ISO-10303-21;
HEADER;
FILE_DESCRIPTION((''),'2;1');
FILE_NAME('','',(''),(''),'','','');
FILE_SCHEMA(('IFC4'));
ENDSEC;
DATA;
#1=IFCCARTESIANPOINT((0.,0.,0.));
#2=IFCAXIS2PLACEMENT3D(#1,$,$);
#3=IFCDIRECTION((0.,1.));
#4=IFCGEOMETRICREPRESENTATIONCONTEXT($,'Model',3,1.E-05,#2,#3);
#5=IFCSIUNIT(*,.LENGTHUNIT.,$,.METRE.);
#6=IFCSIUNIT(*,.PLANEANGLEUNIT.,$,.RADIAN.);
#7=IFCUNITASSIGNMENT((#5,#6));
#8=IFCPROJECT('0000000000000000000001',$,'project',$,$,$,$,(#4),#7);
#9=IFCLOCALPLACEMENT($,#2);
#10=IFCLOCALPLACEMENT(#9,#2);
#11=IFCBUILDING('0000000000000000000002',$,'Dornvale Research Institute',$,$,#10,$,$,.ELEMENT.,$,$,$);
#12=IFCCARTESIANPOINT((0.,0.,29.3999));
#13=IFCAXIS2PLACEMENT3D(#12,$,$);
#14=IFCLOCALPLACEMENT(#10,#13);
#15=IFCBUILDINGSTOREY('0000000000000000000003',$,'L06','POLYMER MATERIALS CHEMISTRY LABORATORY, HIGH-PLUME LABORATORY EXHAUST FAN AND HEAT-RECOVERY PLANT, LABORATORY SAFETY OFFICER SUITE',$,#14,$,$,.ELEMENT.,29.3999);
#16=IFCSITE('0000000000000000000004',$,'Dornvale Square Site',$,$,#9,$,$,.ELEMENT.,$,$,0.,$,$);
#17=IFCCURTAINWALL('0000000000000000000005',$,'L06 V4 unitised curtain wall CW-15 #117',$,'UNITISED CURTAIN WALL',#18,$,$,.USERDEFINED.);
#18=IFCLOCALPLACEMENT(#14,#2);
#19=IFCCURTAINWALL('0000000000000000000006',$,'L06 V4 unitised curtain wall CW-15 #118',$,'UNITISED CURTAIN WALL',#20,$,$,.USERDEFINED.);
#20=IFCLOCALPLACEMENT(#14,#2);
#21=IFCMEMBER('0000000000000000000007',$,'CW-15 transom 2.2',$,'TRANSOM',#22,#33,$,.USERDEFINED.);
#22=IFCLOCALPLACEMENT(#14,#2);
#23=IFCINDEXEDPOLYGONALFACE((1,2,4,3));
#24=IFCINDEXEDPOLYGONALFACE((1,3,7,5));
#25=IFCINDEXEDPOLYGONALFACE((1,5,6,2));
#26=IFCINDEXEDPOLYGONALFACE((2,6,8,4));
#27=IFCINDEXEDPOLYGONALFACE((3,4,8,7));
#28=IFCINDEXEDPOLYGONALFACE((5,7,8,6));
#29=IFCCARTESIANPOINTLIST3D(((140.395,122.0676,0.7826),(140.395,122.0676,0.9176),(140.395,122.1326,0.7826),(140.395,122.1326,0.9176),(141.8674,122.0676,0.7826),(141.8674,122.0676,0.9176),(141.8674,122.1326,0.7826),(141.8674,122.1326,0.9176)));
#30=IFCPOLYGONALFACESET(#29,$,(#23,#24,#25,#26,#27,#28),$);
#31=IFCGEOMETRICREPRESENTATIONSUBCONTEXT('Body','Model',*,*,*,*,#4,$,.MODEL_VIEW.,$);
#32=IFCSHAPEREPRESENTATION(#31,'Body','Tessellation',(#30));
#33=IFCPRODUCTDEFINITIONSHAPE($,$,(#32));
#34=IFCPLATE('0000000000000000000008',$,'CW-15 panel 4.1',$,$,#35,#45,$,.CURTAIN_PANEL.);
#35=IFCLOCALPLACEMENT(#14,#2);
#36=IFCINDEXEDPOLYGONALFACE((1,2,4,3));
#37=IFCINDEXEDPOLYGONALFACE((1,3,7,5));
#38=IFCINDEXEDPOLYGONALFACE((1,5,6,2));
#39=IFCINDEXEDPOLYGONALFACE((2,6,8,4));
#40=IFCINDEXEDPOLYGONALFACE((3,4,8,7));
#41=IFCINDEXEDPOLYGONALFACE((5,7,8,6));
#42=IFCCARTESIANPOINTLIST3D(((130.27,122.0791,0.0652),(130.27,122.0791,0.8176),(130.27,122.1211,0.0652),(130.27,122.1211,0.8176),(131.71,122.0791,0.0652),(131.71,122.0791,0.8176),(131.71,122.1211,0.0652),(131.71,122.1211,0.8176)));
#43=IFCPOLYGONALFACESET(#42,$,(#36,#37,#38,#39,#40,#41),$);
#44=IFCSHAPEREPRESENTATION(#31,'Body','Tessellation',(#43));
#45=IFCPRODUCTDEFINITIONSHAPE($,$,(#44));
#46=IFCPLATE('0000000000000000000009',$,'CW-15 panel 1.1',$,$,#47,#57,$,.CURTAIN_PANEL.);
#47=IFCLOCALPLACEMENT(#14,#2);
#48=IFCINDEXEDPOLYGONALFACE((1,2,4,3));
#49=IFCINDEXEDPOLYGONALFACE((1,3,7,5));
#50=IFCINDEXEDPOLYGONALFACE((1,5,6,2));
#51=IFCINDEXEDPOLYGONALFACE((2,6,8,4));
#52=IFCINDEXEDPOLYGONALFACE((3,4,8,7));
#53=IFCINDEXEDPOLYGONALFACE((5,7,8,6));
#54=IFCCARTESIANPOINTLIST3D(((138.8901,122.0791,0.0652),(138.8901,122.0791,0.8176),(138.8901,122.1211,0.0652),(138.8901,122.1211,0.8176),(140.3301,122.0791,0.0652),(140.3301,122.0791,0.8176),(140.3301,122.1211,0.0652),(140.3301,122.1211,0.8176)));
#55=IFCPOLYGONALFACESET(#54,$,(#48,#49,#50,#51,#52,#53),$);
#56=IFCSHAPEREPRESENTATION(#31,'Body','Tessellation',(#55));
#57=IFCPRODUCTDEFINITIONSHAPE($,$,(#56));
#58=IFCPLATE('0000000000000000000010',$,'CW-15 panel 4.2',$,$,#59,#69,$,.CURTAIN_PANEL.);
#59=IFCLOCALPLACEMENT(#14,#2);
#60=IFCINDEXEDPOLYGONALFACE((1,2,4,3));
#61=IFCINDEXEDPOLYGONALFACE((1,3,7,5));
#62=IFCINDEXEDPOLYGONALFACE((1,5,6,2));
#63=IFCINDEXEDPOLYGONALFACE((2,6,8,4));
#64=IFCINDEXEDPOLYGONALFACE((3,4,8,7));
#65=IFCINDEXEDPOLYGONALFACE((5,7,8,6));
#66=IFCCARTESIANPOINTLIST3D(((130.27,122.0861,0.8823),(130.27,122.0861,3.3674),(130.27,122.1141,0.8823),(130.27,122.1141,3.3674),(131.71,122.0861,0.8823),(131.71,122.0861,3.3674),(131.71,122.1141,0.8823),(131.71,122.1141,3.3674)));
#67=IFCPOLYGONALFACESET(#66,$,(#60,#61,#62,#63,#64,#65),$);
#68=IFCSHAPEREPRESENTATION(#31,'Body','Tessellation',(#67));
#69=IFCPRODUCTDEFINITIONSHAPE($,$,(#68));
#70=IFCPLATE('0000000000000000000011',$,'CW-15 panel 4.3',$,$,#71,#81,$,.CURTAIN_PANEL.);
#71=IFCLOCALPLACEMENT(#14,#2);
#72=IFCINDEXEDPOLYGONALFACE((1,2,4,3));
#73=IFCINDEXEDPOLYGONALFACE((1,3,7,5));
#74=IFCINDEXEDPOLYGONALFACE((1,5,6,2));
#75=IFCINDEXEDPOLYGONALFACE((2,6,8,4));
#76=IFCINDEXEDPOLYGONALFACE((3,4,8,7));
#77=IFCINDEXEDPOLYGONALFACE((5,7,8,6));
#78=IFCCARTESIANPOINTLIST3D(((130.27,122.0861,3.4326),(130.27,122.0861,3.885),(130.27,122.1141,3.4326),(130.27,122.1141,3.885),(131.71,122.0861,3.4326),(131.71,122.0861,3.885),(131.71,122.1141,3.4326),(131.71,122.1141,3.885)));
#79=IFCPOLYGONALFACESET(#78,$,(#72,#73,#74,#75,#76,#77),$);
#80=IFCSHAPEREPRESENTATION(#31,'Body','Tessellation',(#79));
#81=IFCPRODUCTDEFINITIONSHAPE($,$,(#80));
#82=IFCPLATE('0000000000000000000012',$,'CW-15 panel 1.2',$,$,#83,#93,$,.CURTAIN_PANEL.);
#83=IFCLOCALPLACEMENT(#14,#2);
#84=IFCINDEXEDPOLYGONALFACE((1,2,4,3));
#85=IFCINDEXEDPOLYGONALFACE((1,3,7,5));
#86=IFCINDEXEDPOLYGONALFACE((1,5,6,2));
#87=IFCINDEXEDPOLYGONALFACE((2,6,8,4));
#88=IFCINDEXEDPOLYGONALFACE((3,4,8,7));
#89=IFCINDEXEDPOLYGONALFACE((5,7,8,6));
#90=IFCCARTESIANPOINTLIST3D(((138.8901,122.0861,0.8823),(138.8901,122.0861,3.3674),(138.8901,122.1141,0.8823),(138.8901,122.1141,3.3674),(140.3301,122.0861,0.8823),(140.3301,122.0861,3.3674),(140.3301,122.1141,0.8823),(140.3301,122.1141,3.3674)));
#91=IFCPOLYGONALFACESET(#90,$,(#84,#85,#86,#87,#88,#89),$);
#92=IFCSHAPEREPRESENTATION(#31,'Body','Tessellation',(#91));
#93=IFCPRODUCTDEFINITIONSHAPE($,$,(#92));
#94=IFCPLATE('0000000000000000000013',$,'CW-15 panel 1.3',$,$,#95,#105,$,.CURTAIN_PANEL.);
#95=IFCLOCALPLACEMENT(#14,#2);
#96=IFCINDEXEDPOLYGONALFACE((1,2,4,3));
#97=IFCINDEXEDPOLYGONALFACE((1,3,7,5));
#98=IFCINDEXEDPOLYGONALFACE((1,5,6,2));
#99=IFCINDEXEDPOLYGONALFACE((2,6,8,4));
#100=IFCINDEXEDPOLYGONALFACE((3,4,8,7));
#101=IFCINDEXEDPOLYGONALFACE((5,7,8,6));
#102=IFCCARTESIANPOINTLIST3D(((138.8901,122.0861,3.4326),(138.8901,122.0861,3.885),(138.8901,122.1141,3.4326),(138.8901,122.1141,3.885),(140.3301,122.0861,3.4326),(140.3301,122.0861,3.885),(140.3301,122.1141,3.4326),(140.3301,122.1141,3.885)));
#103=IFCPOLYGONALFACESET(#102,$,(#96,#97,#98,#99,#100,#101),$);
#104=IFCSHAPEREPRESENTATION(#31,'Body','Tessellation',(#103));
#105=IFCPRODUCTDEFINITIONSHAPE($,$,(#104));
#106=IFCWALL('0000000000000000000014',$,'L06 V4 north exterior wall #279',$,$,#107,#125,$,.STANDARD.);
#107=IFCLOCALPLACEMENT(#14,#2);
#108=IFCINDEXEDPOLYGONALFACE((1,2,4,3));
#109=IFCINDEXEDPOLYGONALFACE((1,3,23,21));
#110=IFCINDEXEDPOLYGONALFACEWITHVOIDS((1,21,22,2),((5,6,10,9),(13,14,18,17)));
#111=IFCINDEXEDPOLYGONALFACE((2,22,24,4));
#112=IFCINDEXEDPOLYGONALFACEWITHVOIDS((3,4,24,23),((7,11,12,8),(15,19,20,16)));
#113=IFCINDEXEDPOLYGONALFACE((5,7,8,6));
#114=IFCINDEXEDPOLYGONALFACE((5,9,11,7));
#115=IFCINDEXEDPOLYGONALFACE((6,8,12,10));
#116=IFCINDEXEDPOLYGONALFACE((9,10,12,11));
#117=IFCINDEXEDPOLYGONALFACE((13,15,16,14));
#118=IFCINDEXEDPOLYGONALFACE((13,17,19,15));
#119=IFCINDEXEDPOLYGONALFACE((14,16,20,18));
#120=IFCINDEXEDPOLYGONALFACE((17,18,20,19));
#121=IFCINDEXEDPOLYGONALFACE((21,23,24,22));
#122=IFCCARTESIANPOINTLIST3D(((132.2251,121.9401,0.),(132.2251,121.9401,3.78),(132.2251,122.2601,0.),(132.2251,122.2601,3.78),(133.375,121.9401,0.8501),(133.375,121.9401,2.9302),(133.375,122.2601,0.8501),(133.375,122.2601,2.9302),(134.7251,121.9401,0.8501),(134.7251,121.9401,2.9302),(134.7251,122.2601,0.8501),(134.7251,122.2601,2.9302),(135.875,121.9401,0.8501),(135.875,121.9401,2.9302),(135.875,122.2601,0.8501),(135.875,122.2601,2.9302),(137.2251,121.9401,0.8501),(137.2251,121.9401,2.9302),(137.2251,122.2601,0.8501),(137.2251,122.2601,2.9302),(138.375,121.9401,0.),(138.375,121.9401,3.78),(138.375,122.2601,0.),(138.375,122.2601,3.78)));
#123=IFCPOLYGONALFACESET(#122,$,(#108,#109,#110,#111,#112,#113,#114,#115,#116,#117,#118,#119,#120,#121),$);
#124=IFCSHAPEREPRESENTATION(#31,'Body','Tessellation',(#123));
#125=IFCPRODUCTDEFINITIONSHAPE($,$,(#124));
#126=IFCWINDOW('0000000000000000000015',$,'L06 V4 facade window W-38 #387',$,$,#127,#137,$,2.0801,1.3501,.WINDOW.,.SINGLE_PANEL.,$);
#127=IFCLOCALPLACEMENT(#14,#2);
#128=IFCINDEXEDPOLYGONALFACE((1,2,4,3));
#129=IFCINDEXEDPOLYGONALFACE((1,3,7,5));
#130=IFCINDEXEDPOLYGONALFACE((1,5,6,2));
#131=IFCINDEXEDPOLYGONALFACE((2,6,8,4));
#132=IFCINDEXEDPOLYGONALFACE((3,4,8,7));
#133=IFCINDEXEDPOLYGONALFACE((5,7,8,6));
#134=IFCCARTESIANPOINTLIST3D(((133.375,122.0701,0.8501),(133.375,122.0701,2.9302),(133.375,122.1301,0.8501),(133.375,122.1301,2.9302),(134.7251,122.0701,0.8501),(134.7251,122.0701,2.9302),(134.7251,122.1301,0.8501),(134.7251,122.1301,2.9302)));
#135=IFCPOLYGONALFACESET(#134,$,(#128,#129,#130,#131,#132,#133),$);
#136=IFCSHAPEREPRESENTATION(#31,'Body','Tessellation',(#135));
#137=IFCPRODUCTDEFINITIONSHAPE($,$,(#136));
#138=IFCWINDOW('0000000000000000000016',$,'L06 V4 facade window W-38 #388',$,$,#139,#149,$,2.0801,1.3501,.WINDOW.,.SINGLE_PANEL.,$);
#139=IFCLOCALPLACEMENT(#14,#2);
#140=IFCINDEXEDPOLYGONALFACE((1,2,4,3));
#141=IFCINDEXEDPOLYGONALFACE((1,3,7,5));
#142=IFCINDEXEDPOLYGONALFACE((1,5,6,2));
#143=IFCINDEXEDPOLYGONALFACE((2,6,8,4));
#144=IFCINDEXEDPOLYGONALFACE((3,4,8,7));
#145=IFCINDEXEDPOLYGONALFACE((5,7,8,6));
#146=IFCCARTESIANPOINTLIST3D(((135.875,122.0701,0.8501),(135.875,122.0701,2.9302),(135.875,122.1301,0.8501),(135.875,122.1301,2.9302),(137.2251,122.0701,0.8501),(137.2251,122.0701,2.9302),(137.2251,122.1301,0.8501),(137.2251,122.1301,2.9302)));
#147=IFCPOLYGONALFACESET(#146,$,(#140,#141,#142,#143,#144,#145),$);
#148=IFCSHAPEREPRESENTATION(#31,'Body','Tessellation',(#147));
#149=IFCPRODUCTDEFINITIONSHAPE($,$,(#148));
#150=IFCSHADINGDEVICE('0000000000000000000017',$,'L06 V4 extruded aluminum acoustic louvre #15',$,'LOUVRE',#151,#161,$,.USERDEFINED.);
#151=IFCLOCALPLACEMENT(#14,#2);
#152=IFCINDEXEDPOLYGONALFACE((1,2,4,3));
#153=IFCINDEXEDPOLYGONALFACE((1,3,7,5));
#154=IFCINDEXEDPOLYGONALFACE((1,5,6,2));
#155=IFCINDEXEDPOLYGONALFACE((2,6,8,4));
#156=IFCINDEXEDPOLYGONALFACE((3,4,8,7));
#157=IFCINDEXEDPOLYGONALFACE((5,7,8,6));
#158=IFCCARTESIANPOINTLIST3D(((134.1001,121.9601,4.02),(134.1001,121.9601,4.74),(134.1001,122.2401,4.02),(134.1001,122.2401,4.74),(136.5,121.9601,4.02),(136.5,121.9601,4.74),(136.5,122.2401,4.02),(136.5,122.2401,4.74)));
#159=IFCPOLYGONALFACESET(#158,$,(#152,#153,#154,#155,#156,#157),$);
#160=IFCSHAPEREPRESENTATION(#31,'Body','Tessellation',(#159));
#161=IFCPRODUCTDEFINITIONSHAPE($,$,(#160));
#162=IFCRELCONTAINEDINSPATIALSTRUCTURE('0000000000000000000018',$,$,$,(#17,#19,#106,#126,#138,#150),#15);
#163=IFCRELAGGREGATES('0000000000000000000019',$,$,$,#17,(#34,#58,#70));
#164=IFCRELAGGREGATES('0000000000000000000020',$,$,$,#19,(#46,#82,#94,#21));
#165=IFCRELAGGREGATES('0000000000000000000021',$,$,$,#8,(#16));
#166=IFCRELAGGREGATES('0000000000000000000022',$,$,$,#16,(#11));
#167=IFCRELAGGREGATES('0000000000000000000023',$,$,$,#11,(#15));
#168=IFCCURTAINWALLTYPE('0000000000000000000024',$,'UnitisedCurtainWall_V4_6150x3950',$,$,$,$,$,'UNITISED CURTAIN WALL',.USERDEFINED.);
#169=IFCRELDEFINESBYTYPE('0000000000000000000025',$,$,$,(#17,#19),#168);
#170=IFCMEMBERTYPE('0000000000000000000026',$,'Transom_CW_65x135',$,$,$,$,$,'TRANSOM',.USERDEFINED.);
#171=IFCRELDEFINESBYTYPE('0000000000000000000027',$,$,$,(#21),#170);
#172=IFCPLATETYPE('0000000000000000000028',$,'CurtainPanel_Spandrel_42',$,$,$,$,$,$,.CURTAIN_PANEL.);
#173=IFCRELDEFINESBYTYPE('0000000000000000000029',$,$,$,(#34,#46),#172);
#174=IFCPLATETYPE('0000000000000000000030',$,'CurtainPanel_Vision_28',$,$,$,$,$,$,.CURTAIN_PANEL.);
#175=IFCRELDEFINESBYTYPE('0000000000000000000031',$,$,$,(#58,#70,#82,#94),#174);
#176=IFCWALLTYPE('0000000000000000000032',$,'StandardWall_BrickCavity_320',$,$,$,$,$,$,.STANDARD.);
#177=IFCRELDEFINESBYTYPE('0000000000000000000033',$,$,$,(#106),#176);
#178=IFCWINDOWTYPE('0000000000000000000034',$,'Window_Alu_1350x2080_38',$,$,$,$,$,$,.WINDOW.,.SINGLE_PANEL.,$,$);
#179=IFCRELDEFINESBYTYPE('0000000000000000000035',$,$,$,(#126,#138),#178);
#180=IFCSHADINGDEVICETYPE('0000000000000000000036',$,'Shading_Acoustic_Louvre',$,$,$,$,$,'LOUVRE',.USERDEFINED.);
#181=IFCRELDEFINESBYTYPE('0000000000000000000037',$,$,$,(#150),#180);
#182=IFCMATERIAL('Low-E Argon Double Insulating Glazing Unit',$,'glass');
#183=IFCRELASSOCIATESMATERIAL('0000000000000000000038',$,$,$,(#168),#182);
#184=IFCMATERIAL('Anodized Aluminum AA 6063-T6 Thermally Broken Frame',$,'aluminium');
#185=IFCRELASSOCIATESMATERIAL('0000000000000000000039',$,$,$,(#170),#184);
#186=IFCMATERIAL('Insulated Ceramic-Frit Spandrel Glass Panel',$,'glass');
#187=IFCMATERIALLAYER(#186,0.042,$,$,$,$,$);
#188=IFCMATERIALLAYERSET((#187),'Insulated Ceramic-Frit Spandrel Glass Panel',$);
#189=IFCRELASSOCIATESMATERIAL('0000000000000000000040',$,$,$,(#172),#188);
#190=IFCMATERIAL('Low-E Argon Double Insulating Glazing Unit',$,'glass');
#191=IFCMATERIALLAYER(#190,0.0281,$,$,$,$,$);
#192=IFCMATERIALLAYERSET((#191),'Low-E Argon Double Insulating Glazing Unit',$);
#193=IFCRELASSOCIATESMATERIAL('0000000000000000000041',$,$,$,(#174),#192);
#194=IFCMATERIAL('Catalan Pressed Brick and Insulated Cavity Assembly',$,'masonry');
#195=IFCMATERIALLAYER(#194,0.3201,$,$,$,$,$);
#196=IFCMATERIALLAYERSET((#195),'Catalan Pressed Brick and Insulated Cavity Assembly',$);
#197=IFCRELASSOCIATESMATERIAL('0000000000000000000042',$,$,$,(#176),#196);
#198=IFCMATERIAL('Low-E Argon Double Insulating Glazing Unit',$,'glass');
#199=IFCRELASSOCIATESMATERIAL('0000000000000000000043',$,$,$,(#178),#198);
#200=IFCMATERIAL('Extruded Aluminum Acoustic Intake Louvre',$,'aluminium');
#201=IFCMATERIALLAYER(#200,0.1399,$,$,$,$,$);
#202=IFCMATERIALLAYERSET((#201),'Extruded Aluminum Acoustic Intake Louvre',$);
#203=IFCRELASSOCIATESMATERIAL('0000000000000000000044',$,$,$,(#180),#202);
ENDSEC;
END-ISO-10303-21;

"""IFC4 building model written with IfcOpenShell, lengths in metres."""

from ifc_helpers import new_model, si_unit, direction, frame, frame_2d, origin, origin_2d, place, context, subcontext, project, spatial, rectangle, extrude, material, layer, layer_set, material_profile, profile_set, type_object, element, fill, aggregate, save


model = new_model("IFC4")

# Units and contexts
model_context = context("Model", 3, precision=1e-05, world=origin(), true_north=direction((0.0, 1.0)))
body_context = subcontext(model_context, "Body", "Model", "MODEL_VIEW")
ifc_project = project(units=[si_unit("LENGTHUNIT", "METRE"), si_unit("PLANEANGLEUNIT", "RADIAN")], contexts=[model_context])

# Site, building, storey
site_placement = place(None, origin())
site = spatial("IfcSite", under=ifc_project, at=site_placement, Name="Dornvale Square Site", CompositionType="ELEMENT", RefElevation=0.0)
building_placement = place(site_placement, origin())
building = spatial("IfcBuilding", under=site, at=building_placement, Name="Dornvale Research Institute", CompositionType="ELEMENT")
storey_placement = place(building_placement, frame((0.0, 0.0, 29.3999)))
storey = spatial("IfcBuildingStorey", under=building, at=storey_placement, Name="L06", Description="POLYMER MATERIALS CHEMISTRY LABORATORY, HIGH-PLUME LABORATORY EXHAUST FAN AND HEAT-RECOVERY PLANT, LABORATORY SAFETY OFFICER SUITE", CompositionType="ELEMENT", Elevation=29.3999)

# Curtain wall
ifc_material_1 = material(Name="Low-E Argon Double Insulating Glazing Unit", Category="glass")
curtain_wall_type = type_object("IfcCurtainWallType", Name="UnitisedCurtainWall_V4_6150x3950", ElementType="UNITISED CURTAIN WALL", PredefinedType="USERDEFINED", material=ifc_material_1)
curtain_wall_1_placement = place(storey_placement, origin())
curtain_wall_1 = element("IfcCurtainWall", 1, at=curtain_wall_1_placement, inside=storey, type_object=curtain_wall_type, Name="L06 V4 unitised curtain wall CW-15 #117", ObjectType="UNITISED CURTAIN WALL", PredefinedType="USERDEFINED")

# Curtain wall
curtain_wall_2_placement = place(storey_placement, origin())
curtain_wall_2 = element("IfcCurtainWall", 2, at=curtain_wall_2_placement, inside=storey, type_object=curtain_wall_type, Name="L06 V4 unitised curtain wall CW-15 #118", ObjectType="UNITISED CURTAIN WALL", PredefinedType="USERDEFINED")

# Member
ifc_material_2 = material(Name="Anodized Aluminum AA 6063-T6 Thermally Broken Frame", Category="aluminium")
ifc_material_profile_1 = material_profile(ifc_material_2, rectangle(XDim=0.0649, YDim=0.135, at=origin_2d()), Name="ALU TRANSOM 65x135")
ifc_profile_set_1 = profile_set([ifc_material_profile_1], Name="Anodized Aluminum AA 6063-T6 Thermally Broken Frame")
member_type_1 = type_object("IfcMemberType", Name="Transom_CW_65x135", ElementType="TRANSOM", PredefinedType="USERDEFINED", material=ifc_profile_set_1)
member_1_placement = place(storey_placement, frame((140.395, 122.1001, 0.8501), z_axis=(1.0, 0.0, 0.0), x_axis=(0.0, 1.0, 0.0)))
member_1 = element("IfcMember", 3, at=member_1_placement, type_object=member_type_1, Name="CW-15 transom 2.2", ObjectType="TRANSOM", PredefinedType="USERDEFINED", context=body_context, shape_type="SweptSolid", body=[
    extrude(rectangle(XDim=0.0649, YDim=0.135, at=origin_2d()), origin(), (0.0, 0.0, 1.0), 1.4724),
])

# Plates
ifc_material_3 = material(Name="Insulated Ceramic-Frit Spandrel Glass Panel", Category="glass")
ifc_layer_1 = layer(ifc_material_3, 0.042)
ifc_layer_set_1 = layer_set([ifc_layer_1], Name="Insulated Ceramic-Frit Spandrel Glass Panel")
plate_type_1 = type_object("IfcPlateType", Name="CurtainPanel_Spandrel_42", PredefinedType="CURTAIN_PANEL", material=ifc_layer_set_1)
plate_1_placement = place(storey_placement, frame((130.99, 122.1001, 0.0652), z_axis=(0.0, 0.0, 1.0), x_axis=(1.0, 0.0, 0.0)))
plate_1 = element("IfcPlate", 4, at=plate_1_placement, type_object=plate_type_1, Name="CW-15 panel 4.1", PredefinedType="CURTAIN_PANEL", context=body_context, shape_type="SweptSolid", body=[
    extrude(rectangle(XDim=1.4399, YDim=0.042, at=origin_2d()), origin(), (0.0, 0.0, 1.0), 0.7524),
])
plate_2_placement = place(storey_placement, frame((139.6101, 122.1001, 0.0652), z_axis=(0.0, 0.0, 1.0), x_axis=(1.0, 0.0, 0.0)))
plate_2 = element("IfcPlate", 5, at=plate_2_placement, type_object=plate_type_1, Name="CW-15 panel 1.1", PredefinedType="CURTAIN_PANEL", context=body_context, shape_type="SweptSolid", body=[
    extrude(rectangle(XDim=1.4399, YDim=0.042, at=origin_2d()), origin(), (0.0, 0.0, 1.0), 0.7524),
])
ifc_material_4 = material(Name="Low-E Argon Double Insulating Glazing Unit", Category="glass")
ifc_layer_2 = layer(ifc_material_4, 0.0281)
ifc_layer_set_2 = layer_set([ifc_layer_2], Name="Low-E Argon Double Insulating Glazing Unit")
plate_type_2 = type_object("IfcPlateType", Name="CurtainPanel_Vision_28", PredefinedType="CURTAIN_PANEL", material=ifc_layer_set_2)
plate_3_placement = place(storey_placement, frame((130.99, 122.1001, 0.8823), z_axis=(0.0, 0.0, 1.0), x_axis=(1.0, 0.0, 0.0)))
plate_3 = element("IfcPlate", 6, at=plate_3_placement, type_object=plate_type_2, Name="CW-15 panel 4.2", PredefinedType="CURTAIN_PANEL", context=body_context, shape_type="SweptSolid", body=[
    extrude(rectangle(XDim=1.4399, YDim=0.0281, at=origin_2d()), origin(), (0.0, 0.0, 1.0), 2.4851),
])
plate_4_placement = place(storey_placement, frame((130.99, 122.1001, 3.4326), z_axis=(0.0, 0.0, 1.0), x_axis=(1.0, 0.0, 0.0)))
plate_4 = element("IfcPlate", 7, at=plate_4_placement, type_object=plate_type_2, Name="CW-15 panel 4.3", PredefinedType="CURTAIN_PANEL", context=body_context, shape_type="SweptSolid", body=[
    extrude(rectangle(XDim=1.4399, YDim=0.0281, at=origin_2d()), origin(), (0.0, 0.0, 1.0), 0.4524),
])
aggregate(curtain_wall_1, [plate_1, plate_3, plate_4])
plate_5_placement = place(storey_placement, frame((139.6101, 122.1001, 0.8823), z_axis=(0.0, 0.0, 1.0), x_axis=(1.0, 0.0, 0.0)))
plate_5 = element("IfcPlate", 8, at=plate_5_placement, type_object=plate_type_2, Name="CW-15 panel 1.2", PredefinedType="CURTAIN_PANEL", context=body_context, shape_type="SweptSolid", body=[
    extrude(rectangle(XDim=1.4399, YDim=0.0281, at=origin_2d()), origin(), (0.0, 0.0, 1.0), 2.4851),
])
plate_6_placement = place(storey_placement, frame((139.6101, 122.1001, 3.4326), z_axis=(0.0, 0.0, 1.0), x_axis=(1.0, 0.0, 0.0)))
plate_6 = element("IfcPlate", 9, at=plate_6_placement, type_object=plate_type_2, Name="CW-15 panel 1.3", PredefinedType="CURTAIN_PANEL", context=body_context, shape_type="SweptSolid", body=[
    extrude(rectangle(XDim=1.4399, YDim=0.0281, at=origin_2d()), origin(), (0.0, 0.0, 1.0), 0.4524),
])
aggregate(curtain_wall_2, [plate_2, plate_5, plate_6, member_1])

# Wall, openings, windows
ifc_material_5 = material(Name="Catalan Pressed Brick and Insulated Cavity Assembly", Category="masonry")
ifc_layer_3 = layer(ifc_material_5, 0.3201)
ifc_layer_set_3 = layer_set([ifc_layer_3], Name="Catalan Pressed Brick and Insulated Cavity Assembly")
wall_type = type_object("IfcWallType", Name="StandardWall_BrickCavity_320", PredefinedType="STANDARD", material=ifc_layer_set_3)
wall_placement = place(storey_placement, frame((132.2251, 122.1001, 0.0), z_axis=(0.0, 0.0, 1.0), x_axis=(1.0, 0.0, 0.0)))
wall = element("IfcWall", 10, at=wall_placement, inside=storey, type_object=wall_type, Name="L06 V4 north exterior wall #279", PredefinedType="STANDARD", context=body_context, shape_type="SweptSolid", body=[
    extrude(rectangle(XDim=6.1499, YDim=0.3201, at=frame_2d((3.075, 0.0))), origin(), (0.0, 0.0, 1.0), 3.78),
])
opening_1_placement = place(wall_placement, frame((1.1499, 0.0, 0.8501)))
opening_1 = element("IfcOpeningElement", 11, at=opening_1_placement, cuts=wall, PredefinedType="OPENING", context=body_context, shape_type="SweptSolid", body=[
    extrude(rectangle(XDim=1.3501, YDim=2.0801, at=frame_2d((0.675, 1.04))), frame((0.0, 0.175, 0.0), z_axis=(0.0, -1.0, 0.0), x_axis=(1.0, 0.0, 0.0)), (0.0, 0.0, 1.0), 0.3501),
])
opening_2_placement = place(wall_placement, frame((3.6499, 0.0, 0.8501)))
opening_2 = element("IfcOpeningElement", 12, at=opening_2_placement, cuts=wall, PredefinedType="OPENING", context=body_context, shape_type="SweptSolid", body=[
    extrude(rectangle(XDim=1.3501, YDim=2.0801, at=frame_2d((0.675, 1.04))), frame((0.0, 0.175, 0.0), z_axis=(0.0, -1.0, 0.0), x_axis=(1.0, 0.0, 0.0)), (0.0, 0.0, 1.0), 0.3501),
])
ifc_material_6 = material(Name="Low-E Argon Double Insulating Glazing Unit", Category="glass")
window_type = type_object("IfcWindowType", Name="Window_Alu_1350x2080_38", PartitioningType="SINGLE_PANEL", PredefinedType="WINDOW", material=ifc_material_6)
window_1_placement = place(opening_1_placement, origin())
window_1 = element("IfcWindow", 13, at=window_1_placement, inside=storey, type_object=window_type, Name="L06 V4 facade window W-38 #387", OverallHeight=2.0801, OverallWidth=1.3501, PartitioningType="SINGLE_PANEL", PredefinedType="WINDOW", context=body_context, shape_type="SweptSolid", body=[
    extrude(rectangle(XDim=1.3501, YDim=2.0801, at=frame_2d((0.675, 1.04))), frame((0.0, 0.03, 0.0), z_axis=(0.0, -1.0, 0.0), x_axis=(1.0, 0.0, 0.0)), (0.0, 0.0, 1.0), 0.0601),
])
fill(opening_1, window_1)
window_2_placement = place(opening_2_placement, origin())
window_2 = element("IfcWindow", 14, at=window_2_placement, inside=storey, type_object=window_type, Name="L06 V4 facade window W-38 #388", OverallHeight=2.0801, OverallWidth=1.3501, PartitioningType="SINGLE_PANEL", PredefinedType="WINDOW", context=body_context, shape_type="SweptSolid", body=[
    extrude(rectangle(XDim=1.3501, YDim=2.0801, at=frame_2d((0.675, 1.04))), frame((0.0, 0.03, 0.0), z_axis=(0.0, -1.0, 0.0), x_axis=(1.0, 0.0, 0.0)), (0.0, 0.0, 1.0), 0.0601),
])
fill(opening_2, window_2)

# Shading device
ifc_material_7 = material(Name="Extruded Aluminum Acoustic Intake Louvre", Category="aluminium")
ifc_layer_4 = layer(ifc_material_7, 0.1399)
ifc_layer_set_4 = layer_set([ifc_layer_4], Name="Extruded Aluminum Acoustic Intake Louvre")
shading_device_type = type_object("IfcShadingDeviceType", Name="Shading_Acoustic_Louvre", ElementType="LOUVRE", PredefinedType="USERDEFINED", material=ifc_layer_set_4)
shading_device_placement = place(storey_placement, frame((135.3, 122.1001, 4.02), z_axis=(0.0, 0.0, 1.0), x_axis=(1.0, 0.0, 0.0)))
element("IfcShadingDevice", 15, at=shading_device_placement, inside=storey, type_object=shading_device_type, Name="L06 V4 extruded aluminum acoustic louvre #15", ObjectType="LOUVRE", PredefinedType="USERDEFINED", context=body_context, shape_type="SweptSolid", body=[
    extrude(rectangle(XDim=2.3999, YDim=0.28, at=origin_2d()), origin(), (0.0, 0.0, 1.0), 0.72),
])

save(model, "model.ifc")
